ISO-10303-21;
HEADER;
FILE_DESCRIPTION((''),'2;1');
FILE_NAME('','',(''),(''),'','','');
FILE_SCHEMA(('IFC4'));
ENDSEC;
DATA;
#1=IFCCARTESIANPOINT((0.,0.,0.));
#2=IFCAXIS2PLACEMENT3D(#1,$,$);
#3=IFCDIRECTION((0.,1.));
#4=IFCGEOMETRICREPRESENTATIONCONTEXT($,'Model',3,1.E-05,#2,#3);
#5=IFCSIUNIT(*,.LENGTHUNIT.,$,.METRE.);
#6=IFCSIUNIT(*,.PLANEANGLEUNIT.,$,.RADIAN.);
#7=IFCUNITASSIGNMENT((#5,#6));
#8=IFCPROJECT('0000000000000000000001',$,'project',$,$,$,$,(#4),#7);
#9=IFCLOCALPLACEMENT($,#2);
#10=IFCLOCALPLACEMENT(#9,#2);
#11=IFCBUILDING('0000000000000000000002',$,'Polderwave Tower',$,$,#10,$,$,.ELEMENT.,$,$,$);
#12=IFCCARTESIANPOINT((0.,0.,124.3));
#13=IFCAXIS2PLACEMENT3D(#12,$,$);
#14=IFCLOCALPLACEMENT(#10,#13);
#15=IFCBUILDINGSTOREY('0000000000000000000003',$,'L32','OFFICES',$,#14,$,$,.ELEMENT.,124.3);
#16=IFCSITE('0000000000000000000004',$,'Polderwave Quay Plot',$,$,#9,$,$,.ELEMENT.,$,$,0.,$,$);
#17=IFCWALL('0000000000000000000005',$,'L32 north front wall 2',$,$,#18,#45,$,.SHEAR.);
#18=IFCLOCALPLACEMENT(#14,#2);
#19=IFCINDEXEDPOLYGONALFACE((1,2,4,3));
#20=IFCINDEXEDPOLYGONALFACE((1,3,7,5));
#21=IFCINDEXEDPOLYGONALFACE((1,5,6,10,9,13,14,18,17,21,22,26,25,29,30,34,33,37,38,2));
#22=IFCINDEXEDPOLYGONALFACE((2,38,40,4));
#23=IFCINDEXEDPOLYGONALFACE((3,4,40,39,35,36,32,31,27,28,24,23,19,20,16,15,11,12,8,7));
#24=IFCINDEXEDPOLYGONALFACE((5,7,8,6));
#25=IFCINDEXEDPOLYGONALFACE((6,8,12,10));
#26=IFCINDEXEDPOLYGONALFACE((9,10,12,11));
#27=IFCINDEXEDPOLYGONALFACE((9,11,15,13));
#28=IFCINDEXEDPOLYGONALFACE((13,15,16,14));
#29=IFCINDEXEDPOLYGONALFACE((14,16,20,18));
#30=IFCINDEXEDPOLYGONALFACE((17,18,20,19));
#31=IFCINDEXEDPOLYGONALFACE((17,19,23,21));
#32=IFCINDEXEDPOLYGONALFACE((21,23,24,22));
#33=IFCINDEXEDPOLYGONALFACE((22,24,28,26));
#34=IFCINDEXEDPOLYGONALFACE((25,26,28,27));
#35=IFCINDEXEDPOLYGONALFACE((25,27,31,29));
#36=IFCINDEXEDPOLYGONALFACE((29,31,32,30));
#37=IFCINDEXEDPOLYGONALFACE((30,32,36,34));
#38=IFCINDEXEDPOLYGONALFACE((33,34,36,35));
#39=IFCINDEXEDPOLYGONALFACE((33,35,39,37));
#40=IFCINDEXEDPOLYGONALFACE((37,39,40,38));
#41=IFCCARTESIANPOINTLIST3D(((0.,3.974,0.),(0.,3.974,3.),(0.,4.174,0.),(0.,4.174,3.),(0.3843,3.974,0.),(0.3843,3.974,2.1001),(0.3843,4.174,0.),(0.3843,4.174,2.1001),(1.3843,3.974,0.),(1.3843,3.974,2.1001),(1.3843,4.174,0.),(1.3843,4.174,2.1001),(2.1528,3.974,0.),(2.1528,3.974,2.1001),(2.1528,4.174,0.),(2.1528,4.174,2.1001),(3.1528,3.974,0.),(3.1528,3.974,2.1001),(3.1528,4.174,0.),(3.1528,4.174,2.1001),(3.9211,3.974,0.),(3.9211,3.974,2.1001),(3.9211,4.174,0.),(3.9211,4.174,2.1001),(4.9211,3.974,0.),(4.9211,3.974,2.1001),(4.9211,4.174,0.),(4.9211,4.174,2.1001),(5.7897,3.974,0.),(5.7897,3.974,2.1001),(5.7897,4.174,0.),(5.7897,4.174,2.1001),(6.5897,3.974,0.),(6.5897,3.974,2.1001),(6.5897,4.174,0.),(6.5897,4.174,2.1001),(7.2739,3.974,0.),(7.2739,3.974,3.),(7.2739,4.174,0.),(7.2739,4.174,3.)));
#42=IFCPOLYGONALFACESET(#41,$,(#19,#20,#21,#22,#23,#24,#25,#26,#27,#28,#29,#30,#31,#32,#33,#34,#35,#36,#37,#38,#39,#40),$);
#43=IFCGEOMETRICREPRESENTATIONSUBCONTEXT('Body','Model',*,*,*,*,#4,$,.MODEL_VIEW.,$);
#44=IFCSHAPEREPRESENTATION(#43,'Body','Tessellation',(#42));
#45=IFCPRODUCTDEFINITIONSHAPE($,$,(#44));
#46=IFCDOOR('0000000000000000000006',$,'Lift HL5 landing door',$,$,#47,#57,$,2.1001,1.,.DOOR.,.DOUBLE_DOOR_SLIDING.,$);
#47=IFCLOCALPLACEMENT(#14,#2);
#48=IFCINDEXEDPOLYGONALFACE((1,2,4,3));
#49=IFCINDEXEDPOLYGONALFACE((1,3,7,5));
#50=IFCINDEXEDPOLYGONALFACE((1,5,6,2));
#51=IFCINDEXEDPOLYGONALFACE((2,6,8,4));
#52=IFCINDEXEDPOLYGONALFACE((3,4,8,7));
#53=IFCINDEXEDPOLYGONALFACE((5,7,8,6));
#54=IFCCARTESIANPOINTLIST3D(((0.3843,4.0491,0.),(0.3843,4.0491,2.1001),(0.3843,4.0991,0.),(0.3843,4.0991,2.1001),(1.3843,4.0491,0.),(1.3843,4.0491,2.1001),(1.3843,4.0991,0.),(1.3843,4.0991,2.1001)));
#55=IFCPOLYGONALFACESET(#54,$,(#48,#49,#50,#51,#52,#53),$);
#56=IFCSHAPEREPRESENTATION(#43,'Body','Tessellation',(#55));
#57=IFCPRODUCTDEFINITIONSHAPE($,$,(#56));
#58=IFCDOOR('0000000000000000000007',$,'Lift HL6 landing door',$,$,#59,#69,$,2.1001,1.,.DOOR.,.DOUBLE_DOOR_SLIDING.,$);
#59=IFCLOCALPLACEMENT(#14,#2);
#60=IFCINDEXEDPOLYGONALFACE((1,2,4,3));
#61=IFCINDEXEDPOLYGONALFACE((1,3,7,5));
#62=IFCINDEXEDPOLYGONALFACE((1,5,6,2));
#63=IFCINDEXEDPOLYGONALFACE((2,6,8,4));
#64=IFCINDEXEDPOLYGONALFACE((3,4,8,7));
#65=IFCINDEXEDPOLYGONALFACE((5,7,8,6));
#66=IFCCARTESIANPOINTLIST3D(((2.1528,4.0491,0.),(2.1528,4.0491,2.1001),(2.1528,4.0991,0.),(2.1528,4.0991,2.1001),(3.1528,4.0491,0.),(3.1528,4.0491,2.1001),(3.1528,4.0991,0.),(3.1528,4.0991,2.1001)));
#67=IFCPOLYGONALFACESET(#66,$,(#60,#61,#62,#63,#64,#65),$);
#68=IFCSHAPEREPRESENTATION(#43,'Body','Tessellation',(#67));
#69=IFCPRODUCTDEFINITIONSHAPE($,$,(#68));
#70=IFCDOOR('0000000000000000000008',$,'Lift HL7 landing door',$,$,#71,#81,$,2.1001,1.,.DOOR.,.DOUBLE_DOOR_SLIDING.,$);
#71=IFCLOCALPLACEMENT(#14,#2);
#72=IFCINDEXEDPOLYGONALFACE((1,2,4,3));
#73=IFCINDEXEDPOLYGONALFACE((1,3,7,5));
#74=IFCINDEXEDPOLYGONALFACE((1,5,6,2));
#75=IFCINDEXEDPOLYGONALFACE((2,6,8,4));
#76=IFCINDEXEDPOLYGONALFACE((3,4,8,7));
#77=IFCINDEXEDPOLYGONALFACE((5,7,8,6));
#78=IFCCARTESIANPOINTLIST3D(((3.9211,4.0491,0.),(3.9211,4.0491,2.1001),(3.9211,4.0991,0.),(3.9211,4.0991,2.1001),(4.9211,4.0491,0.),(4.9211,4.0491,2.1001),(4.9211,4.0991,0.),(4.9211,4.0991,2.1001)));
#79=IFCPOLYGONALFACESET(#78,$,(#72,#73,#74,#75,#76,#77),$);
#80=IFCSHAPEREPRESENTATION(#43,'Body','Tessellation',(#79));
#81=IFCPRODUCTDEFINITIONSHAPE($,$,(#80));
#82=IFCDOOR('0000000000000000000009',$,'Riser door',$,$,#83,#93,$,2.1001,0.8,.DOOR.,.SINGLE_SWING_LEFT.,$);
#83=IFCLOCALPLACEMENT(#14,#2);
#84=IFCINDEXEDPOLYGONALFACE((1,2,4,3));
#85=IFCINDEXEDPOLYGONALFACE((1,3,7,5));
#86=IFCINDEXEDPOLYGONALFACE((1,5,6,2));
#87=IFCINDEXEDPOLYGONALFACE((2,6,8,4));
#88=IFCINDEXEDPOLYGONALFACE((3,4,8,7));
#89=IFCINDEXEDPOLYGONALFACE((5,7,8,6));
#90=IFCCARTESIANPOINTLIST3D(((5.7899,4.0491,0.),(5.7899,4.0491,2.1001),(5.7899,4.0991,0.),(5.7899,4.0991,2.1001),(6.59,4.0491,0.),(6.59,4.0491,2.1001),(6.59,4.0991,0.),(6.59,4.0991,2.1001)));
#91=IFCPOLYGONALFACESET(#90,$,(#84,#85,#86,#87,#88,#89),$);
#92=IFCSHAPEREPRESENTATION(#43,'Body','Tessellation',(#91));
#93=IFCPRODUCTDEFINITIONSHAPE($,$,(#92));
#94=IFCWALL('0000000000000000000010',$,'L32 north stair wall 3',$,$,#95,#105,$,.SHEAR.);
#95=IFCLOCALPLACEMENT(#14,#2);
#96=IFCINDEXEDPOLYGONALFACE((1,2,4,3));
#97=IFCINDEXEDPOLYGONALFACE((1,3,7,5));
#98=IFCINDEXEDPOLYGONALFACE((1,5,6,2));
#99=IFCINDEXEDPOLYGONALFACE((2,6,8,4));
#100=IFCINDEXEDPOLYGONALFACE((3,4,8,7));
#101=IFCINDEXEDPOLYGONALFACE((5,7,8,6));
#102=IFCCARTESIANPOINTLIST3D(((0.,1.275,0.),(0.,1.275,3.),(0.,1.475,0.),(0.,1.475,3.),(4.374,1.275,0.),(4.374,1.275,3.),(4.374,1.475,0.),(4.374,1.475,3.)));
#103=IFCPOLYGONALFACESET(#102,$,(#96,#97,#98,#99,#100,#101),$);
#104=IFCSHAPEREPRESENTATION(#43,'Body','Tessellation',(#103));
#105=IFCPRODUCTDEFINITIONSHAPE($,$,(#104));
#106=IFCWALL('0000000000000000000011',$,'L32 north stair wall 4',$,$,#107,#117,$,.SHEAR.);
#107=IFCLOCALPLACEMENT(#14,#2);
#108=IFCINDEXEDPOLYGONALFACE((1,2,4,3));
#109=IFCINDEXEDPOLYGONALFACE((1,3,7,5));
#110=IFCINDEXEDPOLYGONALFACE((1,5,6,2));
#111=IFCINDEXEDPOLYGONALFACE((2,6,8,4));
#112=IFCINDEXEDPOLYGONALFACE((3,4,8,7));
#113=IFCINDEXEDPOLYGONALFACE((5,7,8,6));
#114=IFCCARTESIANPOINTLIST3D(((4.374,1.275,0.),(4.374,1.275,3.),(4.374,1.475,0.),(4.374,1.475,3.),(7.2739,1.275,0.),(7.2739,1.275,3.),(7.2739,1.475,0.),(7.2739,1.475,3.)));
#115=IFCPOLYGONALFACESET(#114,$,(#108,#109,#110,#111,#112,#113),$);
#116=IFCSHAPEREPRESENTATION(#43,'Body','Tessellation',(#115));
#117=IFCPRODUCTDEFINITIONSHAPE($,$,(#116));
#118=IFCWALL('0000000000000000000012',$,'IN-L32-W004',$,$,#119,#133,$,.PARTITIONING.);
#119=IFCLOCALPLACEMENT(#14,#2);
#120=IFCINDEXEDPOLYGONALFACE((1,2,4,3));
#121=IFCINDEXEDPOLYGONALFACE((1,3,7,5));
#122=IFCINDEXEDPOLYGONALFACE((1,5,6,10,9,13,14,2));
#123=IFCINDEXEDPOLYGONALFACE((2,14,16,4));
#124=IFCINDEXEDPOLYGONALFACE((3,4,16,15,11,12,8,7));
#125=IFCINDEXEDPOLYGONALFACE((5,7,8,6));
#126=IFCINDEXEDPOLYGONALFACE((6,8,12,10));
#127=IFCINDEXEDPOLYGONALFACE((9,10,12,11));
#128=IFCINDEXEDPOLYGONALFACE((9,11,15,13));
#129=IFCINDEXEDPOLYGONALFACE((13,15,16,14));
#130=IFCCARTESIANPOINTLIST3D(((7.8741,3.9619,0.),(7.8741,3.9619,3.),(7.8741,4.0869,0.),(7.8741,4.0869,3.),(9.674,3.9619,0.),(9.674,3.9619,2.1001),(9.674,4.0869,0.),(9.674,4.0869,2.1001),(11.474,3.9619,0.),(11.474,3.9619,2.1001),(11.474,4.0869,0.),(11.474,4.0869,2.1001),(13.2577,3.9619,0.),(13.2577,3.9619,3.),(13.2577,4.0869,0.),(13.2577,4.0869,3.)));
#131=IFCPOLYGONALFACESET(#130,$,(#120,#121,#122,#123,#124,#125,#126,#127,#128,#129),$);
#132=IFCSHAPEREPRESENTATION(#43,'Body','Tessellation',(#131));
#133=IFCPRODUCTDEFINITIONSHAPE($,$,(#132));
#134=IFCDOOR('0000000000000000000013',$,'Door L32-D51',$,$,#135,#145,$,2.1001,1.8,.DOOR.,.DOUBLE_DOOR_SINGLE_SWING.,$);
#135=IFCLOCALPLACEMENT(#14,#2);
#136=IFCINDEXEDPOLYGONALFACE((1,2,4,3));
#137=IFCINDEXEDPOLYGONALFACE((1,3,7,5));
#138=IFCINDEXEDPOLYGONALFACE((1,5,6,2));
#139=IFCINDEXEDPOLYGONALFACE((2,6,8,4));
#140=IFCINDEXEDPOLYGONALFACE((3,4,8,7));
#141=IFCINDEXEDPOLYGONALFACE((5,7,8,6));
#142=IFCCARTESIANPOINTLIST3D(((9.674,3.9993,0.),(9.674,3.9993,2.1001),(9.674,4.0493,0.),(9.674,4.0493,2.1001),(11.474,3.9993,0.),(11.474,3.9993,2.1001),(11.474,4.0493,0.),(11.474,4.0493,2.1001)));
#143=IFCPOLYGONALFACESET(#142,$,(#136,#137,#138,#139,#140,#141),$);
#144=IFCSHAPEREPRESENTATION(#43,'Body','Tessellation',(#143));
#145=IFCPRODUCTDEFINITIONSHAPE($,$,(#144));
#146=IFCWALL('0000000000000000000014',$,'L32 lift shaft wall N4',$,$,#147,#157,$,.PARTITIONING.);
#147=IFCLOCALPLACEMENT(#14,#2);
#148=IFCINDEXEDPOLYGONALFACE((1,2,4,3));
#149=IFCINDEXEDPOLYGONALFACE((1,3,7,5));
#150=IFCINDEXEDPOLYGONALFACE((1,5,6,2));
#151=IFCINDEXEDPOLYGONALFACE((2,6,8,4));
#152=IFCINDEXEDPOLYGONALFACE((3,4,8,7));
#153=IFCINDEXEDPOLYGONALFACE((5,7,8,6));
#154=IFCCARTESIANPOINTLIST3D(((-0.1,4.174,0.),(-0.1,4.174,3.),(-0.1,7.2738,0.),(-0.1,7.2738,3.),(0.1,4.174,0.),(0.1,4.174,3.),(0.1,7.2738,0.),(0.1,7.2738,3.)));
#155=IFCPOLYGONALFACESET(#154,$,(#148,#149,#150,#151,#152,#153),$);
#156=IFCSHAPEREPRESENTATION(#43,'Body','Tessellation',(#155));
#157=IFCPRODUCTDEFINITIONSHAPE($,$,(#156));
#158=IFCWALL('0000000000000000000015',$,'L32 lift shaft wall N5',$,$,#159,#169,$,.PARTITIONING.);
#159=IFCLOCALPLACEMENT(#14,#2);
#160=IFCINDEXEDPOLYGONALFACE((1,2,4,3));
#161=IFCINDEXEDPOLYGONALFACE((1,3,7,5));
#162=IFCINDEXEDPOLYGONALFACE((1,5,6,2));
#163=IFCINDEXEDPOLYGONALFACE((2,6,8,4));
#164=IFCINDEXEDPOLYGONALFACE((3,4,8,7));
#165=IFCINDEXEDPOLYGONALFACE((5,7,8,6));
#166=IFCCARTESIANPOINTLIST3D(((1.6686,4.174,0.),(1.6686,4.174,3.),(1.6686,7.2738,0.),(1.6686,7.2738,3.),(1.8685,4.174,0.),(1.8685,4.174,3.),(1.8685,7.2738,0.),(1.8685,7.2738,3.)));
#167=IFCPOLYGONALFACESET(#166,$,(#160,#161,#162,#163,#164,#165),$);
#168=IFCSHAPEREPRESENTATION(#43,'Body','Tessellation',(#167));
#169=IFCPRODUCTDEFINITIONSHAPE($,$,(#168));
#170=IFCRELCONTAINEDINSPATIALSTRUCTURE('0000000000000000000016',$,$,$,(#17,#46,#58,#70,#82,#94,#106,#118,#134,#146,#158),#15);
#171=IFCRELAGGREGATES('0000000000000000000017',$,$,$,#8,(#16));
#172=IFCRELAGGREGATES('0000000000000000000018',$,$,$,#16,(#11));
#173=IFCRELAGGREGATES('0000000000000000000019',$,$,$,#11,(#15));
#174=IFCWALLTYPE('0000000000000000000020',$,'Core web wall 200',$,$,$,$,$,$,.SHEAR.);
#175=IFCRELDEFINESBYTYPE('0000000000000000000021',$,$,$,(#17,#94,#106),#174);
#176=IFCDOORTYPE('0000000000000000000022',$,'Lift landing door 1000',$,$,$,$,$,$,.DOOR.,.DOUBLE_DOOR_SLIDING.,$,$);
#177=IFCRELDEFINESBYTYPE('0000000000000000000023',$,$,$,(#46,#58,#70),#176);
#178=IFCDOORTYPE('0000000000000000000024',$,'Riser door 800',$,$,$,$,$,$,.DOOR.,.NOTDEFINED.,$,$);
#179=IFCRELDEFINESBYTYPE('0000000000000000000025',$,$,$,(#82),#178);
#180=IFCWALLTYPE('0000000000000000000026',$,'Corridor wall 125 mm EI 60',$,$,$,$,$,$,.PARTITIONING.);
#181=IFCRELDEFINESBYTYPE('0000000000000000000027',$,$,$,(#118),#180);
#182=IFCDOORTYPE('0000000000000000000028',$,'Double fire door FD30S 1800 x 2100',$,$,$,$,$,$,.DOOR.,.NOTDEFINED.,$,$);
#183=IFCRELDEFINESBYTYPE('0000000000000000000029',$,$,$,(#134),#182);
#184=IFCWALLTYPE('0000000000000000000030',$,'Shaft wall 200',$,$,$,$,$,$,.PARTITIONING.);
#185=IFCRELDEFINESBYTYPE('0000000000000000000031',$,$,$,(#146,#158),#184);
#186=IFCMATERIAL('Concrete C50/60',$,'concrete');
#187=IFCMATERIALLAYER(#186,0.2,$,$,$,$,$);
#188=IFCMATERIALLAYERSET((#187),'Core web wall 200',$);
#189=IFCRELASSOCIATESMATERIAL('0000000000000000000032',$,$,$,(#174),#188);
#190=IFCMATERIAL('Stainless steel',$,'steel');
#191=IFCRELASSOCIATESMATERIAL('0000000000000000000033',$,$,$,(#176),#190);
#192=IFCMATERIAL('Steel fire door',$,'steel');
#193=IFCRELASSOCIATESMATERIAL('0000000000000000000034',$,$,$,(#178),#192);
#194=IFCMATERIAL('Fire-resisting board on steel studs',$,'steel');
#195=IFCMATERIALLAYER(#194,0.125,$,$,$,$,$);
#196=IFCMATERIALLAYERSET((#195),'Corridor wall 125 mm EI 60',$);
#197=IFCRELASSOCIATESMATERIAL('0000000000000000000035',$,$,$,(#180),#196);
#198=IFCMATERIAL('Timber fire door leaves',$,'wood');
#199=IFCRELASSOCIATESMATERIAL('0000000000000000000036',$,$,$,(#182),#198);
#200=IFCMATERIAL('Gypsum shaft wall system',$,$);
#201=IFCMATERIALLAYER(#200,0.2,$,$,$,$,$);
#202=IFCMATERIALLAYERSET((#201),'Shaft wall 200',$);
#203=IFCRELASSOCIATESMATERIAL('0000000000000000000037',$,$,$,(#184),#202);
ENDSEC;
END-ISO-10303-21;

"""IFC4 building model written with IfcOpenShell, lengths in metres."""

from ifc_helpers import new_model, si_unit, direction, frame, frame_2d, origin, place, context, subcontext, project, spatial, rectangle, extrude, material, layer, layer_set, type_object, element, fill, save


model = new_model("IFC4")

# Units and contexts
model_context = context("Model", 3, precision=1e-05, world=origin(), true_north=direction((0.0, 1.0)))
body_context = subcontext(model_context, "Body", "Model", "MODEL_VIEW")
ifc_project = project(units=[si_unit("LENGTHUNIT", "METRE"), si_unit("PLANEANGLEUNIT", "RADIAN")], contexts=[model_context])

# Site, building, storey
site_placement = place(None, origin())
site = spatial("IfcSite", under=ifc_project, at=site_placement, Name="Polderwave Quay Plot", CompositionType="ELEMENT", RefElevation=0.0)
building_placement = place(site_placement, origin())
building = spatial("IfcBuilding", under=site, at=building_placement, Name="Polderwave Tower", CompositionType="ELEMENT")
storey_placement = place(building_placement, frame((0.0, 0.0, 124.3)))
storey = spatial("IfcBuildingStorey", under=building, at=storey_placement, Name="L32", Description="OFFICES", CompositionType="ELEMENT", Elevation=124.3)

# Wall, openings, doors
ifc_material_1 = material(Name="Concrete C50/60", Category="concrete")
ifc_layer_1 = layer(ifc_material_1, 0.2)
ifc_layer_set_1 = layer_set([ifc_layer_1], Name="Core web wall 200")
wall_type_1 = type_object("IfcWallType", Name="Core web wall 200", PredefinedType="SHEAR", material=ifc_layer_set_1)
wall_1_placement = place(storey_placement, frame((0.0, 4.074, 0.0), z_axis=(0.0, 0.0, 1.0), x_axis=(1.0, 0.0, 0.0)))
wall_1 = element("IfcWall", 1, at=wall_1_placement, inside=storey, type_object=wall_type_1, Name="L32 north front wall 2", PredefinedType="SHEAR", context=body_context, shape_type="SweptSolid", body=[
    extrude(rectangle(XDim=7.2739, YDim=0.2, at=frame_2d((3.637, 0.0))), origin(), (0.0, 0.0, 1.0), 3.0),
])
opening_1_placement = place(wall_1_placement, frame((0.3843, 0.0, 0.0)))
opening_1 = element("IfcOpeningElement", 2, at=opening_1_placement, cuts=wall_1, PredefinedType="OPENING", context=body_context, shape_type="SweptSolid", body=[
    extrude(rectangle(XDim=1.0, YDim=2.1001, at=frame_2d((0.5, 1.05))), frame((0.0, 0.1099, 0.0), z_axis=(0.0, -1.0, 0.0), x_axis=(1.0, 0.0, 0.0)), (0.0, 0.0, 1.0), 0.22),
])
opening_2_placement = place(wall_1_placement, frame((2.1528, 0.0, 0.0)))
opening_2 = element("IfcOpeningElement", 3, at=opening_2_placement, cuts=wall_1, PredefinedType="OPENING", context=body_context, shape_type="SweptSolid", body=[
    extrude(rectangle(XDim=1.0, YDim=2.1001, at=frame_2d((0.5, 1.05))), frame((0.0, 0.1099, 0.0), z_axis=(0.0, -1.0, 0.0), x_axis=(1.0, 0.0, 0.0)), (0.0, 0.0, 1.0), 0.22),
])
opening_3_placement = place(wall_1_placement, frame((3.9211, 0.0, 0.0)))
opening_3 = element("IfcOpeningElement", 4, at=opening_3_placement, cuts=wall_1, PredefinedType="OPENING", context=body_context, shape_type="SweptSolid", body=[
    extrude(rectangle(XDim=1.0, YDim=2.1001, at=frame_2d((0.5, 1.05))), frame((0.0, 0.1099, 0.0), z_axis=(0.0, -1.0, 0.0), x_axis=(1.0, 0.0, 0.0)), (0.0, 0.0, 1.0), 0.22),
])
opening_4_placement = place(wall_1_placement, frame((5.7898, 0.0, 0.0)))
opening_4 = element("IfcOpeningElement", 5, at=opening_4_placement, cuts=wall_1, PredefinedType="OPENING", context=body_context, shape_type="SweptSolid", body=[
    extrude(rectangle(XDim=0.8, YDim=2.1001, at=frame_2d((0.3999, 1.05))), frame((0.0, 0.1099, 0.0), z_axis=(0.0, -1.0, 0.0), x_axis=(1.0, 0.0, 0.0)), (0.0, 0.0, 1.0), 0.22),
])
ifc_material_2 = material(Name="Stainless steel", Category="steel")
door_type_1 = type_object("IfcDoorType", Name="Lift landing door 1000", OperationType="DOUBLE_DOOR_SLIDING", PredefinedType="DOOR", material=ifc_material_2)
door_1_placement = place(opening_1_placement, frame((1.0, 0.0, 0.0), z_axis=(0.0, 0.0, 1.0), x_axis=(-1.0, 0.0, 0.0)))
door_1 = element("IfcDoor", 6, at=door_1_placement, inside=storey, type_object=door_type_1, Name="Lift HL5 landing door", OperationType="DOUBLE_DOOR_SLIDING", OverallHeight=2.1001, OverallWidth=1.0, PredefinedType="DOOR", context=body_context, shape_type="SweptSolid", body=[
    extrude(rectangle(XDim=1.0, YDim=2.1001, at=frame_2d((0.5, 1.05))), frame((0.0, 0.0249, 0.0), z_axis=(0.0, -1.0, 0.0), x_axis=(1.0, 0.0, 0.0)), (0.0, 0.0, 1.0), 0.05),
])
fill(opening_1, door_1)
door_2_placement = place(opening_2_placement, frame((1.0, 0.0, 0.0), z_axis=(0.0, 0.0, 1.0), x_axis=(-1.0, 0.0, 0.0)))
door_2 = element("IfcDoor", 7, at=door_2_placement, inside=storey, type_object=door_type_1, Name="Lift HL6 landing door", OperationType="DOUBLE_DOOR_SLIDING", OverallHeight=2.1001, OverallWidth=1.0, PredefinedType="DOOR", context=body_context, shape_type="SweptSolid", body=[
    extrude(rectangle(XDim=1.0, YDim=2.1001, at=frame_2d((0.5, 1.05))), frame((0.0, 0.0249, 0.0), z_axis=(0.0, -1.0, 0.0), x_axis=(1.0, 0.0, 0.0)), (0.0, 0.0, 1.0), 0.05),
])
fill(opening_2, door_2)
door_3_placement = place(opening_3_placement, frame((1.0, 0.0, 0.0), z_axis=(0.0, 0.0, 1.0), x_axis=(-1.0, 0.0, 0.0)))
door_3 = element("IfcDoor", 8, at=door_3_placement, inside=storey, type_object=door_type_1, Name="Lift HL7 landing door", OperationType="DOUBLE_DOOR_SLIDING", OverallHeight=2.1001, OverallWidth=1.0, PredefinedType="DOOR", context=body_context, shape_type="SweptSolid", body=[
    extrude(rectangle(XDim=1.0, YDim=2.1001, at=frame_2d((0.5, 1.05))), frame((0.0, 0.0249, 0.0), z_axis=(0.0, -1.0, 0.0), x_axis=(1.0, 0.0, 0.0)), (0.0, 0.0, 1.0), 0.05),
])
fill(opening_3, door_3)
ifc_material_3 = material(Name="Steel fire door", Category="steel")
door_type_2 = type_object("IfcDoorType", Name="Riser door 800", OperationType="NOTDEFINED", PredefinedType="DOOR", material=ifc_material_3)
door_4_placement = place(opening_4_placement, frame((0.8, 0.0, 0.0), z_axis=(0.0, 0.0, 1.0), x_axis=(-1.0, 0.0, 0.0)))
door_4 = element("IfcDoor", 9, at=door_4_placement, inside=storey, type_object=door_type_2, Name="Riser door", OperationType="SINGLE_SWING_LEFT", OverallHeight=2.1001, OverallWidth=0.8, PredefinedType="DOOR", context=body_context, shape_type="SweptSolid", body=[
    extrude(rectangle(XDim=0.8, YDim=2.1001, at=frame_2d((0.3999, 1.05))), frame((0.0, 0.0249, 0.0), z_axis=(0.0, -1.0, 0.0), x_axis=(1.0, 0.0, 0.0)), (0.0, 0.0, 1.0), 0.05),
])
fill(opening_4, door_4)

# Walls
wall_2_placement = place(storey_placement, frame((0.0, 1.375, 0.0), z_axis=(0.0, 0.0, 1.0), x_axis=(1.0, 0.0, 0.0)))
element("IfcWall", 10, at=wall_2_placement, inside=storey, type_object=wall_type_1, Name="L32 north stair wall 3", PredefinedType="SHEAR", context=body_context, shape_type="SweptSolid", body=[
    extrude(rectangle(XDim=4.374, YDim=0.2, at=frame_2d((2.187, 0.0))), origin(), (0.0, 0.0, 1.0), 3.0),
])
wall_3_placement = place(storey_placement, frame((4.374, 1.375, 0.0), z_axis=(0.0, 0.0, 1.0), x_axis=(1.0, 0.0, 0.0)))
element("IfcWall", 11, at=wall_3_placement, inside=storey, type_object=wall_type_1, Name="L32 north stair wall 4", PredefinedType="SHEAR", context=body_context, shape_type="SweptSolid", body=[
    extrude(rectangle(XDim=2.8999, YDim=0.2, at=frame_2d((1.45, 0.0))), origin(), (0.0, 0.0, 1.0), 3.0),
])

# Wall, opening, door
ifc_material_4 = material(Name="Fire-resisting board on steel studs", Category="steel")
ifc_layer_2 = layer(ifc_material_4, 0.125)
ifc_layer_set_2 = layer_set([ifc_layer_2], Name="Corridor wall 125 mm EI 60")
wall_type_2 = type_object("IfcWallType", Name="Corridor wall 125 mm EI 60", PredefinedType="PARTITIONING", material=ifc_layer_set_2)
wall_4_placement = place(storey_placement, frame((7.874, 4.0244, 0.0), z_axis=(0.0, 0.0, 1.0), x_axis=(1.0, 0.0, 0.0)))
wall_4 = element("IfcWall", 12, at=wall_4_placement, inside=storey, type_object=wall_type_2, Name="IN-L32-W004", PredefinedType="PARTITIONING", context=body_context, shape_type="SweptSolid", body=[
    extrude(rectangle(XDim=5.3835, YDim=0.125, at=frame_2d((2.6919, 0.0))), origin(), (0.0, 0.0, 1.0), 3.0),
])
opening_5_placement = place(wall_4_placement, frame((1.8, 0.0, 0.0)))
opening_5 = element("IfcOpeningElement", 13, at=opening_5_placement, cuts=wall_4, PredefinedType="OPENING", context=body_context, shape_type="SweptSolid", body=[
    extrude(rectangle(XDim=1.8, YDim=2.1001, at=frame_2d((0.8999, 1.05))), frame((0.0, 0.0725, 0.0), z_axis=(0.0, -1.0, 0.0), x_axis=(1.0, 0.0, 0.0)), (0.0, 0.0, 1.0), 0.145),
])
ifc_material_5 = material(Name="Timber fire door leaves", Category="wood")
door_type_3 = type_object("IfcDoorType", Name="Double fire door FD30S 1800 x 2100", OperationType="NOTDEFINED", PredefinedType="DOOR", material=ifc_material_5)
door_5_placement = place(opening_5_placement, origin())
door_5 = element("IfcDoor", 14, at=door_5_placement, inside=storey, type_object=door_type_3, Name="Door L32-D51", OperationType="DOUBLE_DOOR_SINGLE_SWING", OverallHeight=2.1001, OverallWidth=1.8, PredefinedType="DOOR", context=body_context, shape_type="SweptSolid", body=[
    extrude(rectangle(XDim=1.8, YDim=2.1001, at=frame_2d((0.8999, 1.05))), frame((0.0, 0.0249, 0.0), z_axis=(0.0, -1.0, 0.0), x_axis=(1.0, 0.0, 0.0)), (0.0, 0.0, 1.0), 0.05),
])
fill(opening_5, door_5)

# Walls
ifc_material_6 = material(Name="Gypsum shaft wall system")
ifc_layer_3 = layer(ifc_material_6, 0.2)
ifc_layer_set_3 = layer_set([ifc_layer_3], Name="Shaft wall 200")
wall_type_3 = type_object("IfcWallType", Name="Shaft wall 200", PredefinedType="PARTITIONING", material=ifc_layer_set_3)
for number, where, z_axis, x_axis, name in (
    (15, (0.0, 4.1741, 0.0), (0.0, 0.0, 1.0), (0.0, 1.0, 0.0), "L32 lift shaft wall N4"),
    (16, (1.7686, 4.1741, 0.0), (0.0, 0.0, 1.0), (0.0, 1.0, 0.0), "L32 lift shaft wall N5"),
):
    element("IfcWall", number, at=place(storey_placement, frame(where, z_axis=z_axis, x_axis=x_axis)), inside=storey, type_object=wall_type_3, Name=name, PredefinedType="PARTITIONING", context=body_context, shape_type="SweptSolid", body=[
        extrude(rectangle(XDim=3.0999, YDim=0.2, at=frame_2d((1.5498, 0.0))), origin(), (0.0, 0.0, 1.0), 3.0),
    ])

save(model, "model.ifc")
